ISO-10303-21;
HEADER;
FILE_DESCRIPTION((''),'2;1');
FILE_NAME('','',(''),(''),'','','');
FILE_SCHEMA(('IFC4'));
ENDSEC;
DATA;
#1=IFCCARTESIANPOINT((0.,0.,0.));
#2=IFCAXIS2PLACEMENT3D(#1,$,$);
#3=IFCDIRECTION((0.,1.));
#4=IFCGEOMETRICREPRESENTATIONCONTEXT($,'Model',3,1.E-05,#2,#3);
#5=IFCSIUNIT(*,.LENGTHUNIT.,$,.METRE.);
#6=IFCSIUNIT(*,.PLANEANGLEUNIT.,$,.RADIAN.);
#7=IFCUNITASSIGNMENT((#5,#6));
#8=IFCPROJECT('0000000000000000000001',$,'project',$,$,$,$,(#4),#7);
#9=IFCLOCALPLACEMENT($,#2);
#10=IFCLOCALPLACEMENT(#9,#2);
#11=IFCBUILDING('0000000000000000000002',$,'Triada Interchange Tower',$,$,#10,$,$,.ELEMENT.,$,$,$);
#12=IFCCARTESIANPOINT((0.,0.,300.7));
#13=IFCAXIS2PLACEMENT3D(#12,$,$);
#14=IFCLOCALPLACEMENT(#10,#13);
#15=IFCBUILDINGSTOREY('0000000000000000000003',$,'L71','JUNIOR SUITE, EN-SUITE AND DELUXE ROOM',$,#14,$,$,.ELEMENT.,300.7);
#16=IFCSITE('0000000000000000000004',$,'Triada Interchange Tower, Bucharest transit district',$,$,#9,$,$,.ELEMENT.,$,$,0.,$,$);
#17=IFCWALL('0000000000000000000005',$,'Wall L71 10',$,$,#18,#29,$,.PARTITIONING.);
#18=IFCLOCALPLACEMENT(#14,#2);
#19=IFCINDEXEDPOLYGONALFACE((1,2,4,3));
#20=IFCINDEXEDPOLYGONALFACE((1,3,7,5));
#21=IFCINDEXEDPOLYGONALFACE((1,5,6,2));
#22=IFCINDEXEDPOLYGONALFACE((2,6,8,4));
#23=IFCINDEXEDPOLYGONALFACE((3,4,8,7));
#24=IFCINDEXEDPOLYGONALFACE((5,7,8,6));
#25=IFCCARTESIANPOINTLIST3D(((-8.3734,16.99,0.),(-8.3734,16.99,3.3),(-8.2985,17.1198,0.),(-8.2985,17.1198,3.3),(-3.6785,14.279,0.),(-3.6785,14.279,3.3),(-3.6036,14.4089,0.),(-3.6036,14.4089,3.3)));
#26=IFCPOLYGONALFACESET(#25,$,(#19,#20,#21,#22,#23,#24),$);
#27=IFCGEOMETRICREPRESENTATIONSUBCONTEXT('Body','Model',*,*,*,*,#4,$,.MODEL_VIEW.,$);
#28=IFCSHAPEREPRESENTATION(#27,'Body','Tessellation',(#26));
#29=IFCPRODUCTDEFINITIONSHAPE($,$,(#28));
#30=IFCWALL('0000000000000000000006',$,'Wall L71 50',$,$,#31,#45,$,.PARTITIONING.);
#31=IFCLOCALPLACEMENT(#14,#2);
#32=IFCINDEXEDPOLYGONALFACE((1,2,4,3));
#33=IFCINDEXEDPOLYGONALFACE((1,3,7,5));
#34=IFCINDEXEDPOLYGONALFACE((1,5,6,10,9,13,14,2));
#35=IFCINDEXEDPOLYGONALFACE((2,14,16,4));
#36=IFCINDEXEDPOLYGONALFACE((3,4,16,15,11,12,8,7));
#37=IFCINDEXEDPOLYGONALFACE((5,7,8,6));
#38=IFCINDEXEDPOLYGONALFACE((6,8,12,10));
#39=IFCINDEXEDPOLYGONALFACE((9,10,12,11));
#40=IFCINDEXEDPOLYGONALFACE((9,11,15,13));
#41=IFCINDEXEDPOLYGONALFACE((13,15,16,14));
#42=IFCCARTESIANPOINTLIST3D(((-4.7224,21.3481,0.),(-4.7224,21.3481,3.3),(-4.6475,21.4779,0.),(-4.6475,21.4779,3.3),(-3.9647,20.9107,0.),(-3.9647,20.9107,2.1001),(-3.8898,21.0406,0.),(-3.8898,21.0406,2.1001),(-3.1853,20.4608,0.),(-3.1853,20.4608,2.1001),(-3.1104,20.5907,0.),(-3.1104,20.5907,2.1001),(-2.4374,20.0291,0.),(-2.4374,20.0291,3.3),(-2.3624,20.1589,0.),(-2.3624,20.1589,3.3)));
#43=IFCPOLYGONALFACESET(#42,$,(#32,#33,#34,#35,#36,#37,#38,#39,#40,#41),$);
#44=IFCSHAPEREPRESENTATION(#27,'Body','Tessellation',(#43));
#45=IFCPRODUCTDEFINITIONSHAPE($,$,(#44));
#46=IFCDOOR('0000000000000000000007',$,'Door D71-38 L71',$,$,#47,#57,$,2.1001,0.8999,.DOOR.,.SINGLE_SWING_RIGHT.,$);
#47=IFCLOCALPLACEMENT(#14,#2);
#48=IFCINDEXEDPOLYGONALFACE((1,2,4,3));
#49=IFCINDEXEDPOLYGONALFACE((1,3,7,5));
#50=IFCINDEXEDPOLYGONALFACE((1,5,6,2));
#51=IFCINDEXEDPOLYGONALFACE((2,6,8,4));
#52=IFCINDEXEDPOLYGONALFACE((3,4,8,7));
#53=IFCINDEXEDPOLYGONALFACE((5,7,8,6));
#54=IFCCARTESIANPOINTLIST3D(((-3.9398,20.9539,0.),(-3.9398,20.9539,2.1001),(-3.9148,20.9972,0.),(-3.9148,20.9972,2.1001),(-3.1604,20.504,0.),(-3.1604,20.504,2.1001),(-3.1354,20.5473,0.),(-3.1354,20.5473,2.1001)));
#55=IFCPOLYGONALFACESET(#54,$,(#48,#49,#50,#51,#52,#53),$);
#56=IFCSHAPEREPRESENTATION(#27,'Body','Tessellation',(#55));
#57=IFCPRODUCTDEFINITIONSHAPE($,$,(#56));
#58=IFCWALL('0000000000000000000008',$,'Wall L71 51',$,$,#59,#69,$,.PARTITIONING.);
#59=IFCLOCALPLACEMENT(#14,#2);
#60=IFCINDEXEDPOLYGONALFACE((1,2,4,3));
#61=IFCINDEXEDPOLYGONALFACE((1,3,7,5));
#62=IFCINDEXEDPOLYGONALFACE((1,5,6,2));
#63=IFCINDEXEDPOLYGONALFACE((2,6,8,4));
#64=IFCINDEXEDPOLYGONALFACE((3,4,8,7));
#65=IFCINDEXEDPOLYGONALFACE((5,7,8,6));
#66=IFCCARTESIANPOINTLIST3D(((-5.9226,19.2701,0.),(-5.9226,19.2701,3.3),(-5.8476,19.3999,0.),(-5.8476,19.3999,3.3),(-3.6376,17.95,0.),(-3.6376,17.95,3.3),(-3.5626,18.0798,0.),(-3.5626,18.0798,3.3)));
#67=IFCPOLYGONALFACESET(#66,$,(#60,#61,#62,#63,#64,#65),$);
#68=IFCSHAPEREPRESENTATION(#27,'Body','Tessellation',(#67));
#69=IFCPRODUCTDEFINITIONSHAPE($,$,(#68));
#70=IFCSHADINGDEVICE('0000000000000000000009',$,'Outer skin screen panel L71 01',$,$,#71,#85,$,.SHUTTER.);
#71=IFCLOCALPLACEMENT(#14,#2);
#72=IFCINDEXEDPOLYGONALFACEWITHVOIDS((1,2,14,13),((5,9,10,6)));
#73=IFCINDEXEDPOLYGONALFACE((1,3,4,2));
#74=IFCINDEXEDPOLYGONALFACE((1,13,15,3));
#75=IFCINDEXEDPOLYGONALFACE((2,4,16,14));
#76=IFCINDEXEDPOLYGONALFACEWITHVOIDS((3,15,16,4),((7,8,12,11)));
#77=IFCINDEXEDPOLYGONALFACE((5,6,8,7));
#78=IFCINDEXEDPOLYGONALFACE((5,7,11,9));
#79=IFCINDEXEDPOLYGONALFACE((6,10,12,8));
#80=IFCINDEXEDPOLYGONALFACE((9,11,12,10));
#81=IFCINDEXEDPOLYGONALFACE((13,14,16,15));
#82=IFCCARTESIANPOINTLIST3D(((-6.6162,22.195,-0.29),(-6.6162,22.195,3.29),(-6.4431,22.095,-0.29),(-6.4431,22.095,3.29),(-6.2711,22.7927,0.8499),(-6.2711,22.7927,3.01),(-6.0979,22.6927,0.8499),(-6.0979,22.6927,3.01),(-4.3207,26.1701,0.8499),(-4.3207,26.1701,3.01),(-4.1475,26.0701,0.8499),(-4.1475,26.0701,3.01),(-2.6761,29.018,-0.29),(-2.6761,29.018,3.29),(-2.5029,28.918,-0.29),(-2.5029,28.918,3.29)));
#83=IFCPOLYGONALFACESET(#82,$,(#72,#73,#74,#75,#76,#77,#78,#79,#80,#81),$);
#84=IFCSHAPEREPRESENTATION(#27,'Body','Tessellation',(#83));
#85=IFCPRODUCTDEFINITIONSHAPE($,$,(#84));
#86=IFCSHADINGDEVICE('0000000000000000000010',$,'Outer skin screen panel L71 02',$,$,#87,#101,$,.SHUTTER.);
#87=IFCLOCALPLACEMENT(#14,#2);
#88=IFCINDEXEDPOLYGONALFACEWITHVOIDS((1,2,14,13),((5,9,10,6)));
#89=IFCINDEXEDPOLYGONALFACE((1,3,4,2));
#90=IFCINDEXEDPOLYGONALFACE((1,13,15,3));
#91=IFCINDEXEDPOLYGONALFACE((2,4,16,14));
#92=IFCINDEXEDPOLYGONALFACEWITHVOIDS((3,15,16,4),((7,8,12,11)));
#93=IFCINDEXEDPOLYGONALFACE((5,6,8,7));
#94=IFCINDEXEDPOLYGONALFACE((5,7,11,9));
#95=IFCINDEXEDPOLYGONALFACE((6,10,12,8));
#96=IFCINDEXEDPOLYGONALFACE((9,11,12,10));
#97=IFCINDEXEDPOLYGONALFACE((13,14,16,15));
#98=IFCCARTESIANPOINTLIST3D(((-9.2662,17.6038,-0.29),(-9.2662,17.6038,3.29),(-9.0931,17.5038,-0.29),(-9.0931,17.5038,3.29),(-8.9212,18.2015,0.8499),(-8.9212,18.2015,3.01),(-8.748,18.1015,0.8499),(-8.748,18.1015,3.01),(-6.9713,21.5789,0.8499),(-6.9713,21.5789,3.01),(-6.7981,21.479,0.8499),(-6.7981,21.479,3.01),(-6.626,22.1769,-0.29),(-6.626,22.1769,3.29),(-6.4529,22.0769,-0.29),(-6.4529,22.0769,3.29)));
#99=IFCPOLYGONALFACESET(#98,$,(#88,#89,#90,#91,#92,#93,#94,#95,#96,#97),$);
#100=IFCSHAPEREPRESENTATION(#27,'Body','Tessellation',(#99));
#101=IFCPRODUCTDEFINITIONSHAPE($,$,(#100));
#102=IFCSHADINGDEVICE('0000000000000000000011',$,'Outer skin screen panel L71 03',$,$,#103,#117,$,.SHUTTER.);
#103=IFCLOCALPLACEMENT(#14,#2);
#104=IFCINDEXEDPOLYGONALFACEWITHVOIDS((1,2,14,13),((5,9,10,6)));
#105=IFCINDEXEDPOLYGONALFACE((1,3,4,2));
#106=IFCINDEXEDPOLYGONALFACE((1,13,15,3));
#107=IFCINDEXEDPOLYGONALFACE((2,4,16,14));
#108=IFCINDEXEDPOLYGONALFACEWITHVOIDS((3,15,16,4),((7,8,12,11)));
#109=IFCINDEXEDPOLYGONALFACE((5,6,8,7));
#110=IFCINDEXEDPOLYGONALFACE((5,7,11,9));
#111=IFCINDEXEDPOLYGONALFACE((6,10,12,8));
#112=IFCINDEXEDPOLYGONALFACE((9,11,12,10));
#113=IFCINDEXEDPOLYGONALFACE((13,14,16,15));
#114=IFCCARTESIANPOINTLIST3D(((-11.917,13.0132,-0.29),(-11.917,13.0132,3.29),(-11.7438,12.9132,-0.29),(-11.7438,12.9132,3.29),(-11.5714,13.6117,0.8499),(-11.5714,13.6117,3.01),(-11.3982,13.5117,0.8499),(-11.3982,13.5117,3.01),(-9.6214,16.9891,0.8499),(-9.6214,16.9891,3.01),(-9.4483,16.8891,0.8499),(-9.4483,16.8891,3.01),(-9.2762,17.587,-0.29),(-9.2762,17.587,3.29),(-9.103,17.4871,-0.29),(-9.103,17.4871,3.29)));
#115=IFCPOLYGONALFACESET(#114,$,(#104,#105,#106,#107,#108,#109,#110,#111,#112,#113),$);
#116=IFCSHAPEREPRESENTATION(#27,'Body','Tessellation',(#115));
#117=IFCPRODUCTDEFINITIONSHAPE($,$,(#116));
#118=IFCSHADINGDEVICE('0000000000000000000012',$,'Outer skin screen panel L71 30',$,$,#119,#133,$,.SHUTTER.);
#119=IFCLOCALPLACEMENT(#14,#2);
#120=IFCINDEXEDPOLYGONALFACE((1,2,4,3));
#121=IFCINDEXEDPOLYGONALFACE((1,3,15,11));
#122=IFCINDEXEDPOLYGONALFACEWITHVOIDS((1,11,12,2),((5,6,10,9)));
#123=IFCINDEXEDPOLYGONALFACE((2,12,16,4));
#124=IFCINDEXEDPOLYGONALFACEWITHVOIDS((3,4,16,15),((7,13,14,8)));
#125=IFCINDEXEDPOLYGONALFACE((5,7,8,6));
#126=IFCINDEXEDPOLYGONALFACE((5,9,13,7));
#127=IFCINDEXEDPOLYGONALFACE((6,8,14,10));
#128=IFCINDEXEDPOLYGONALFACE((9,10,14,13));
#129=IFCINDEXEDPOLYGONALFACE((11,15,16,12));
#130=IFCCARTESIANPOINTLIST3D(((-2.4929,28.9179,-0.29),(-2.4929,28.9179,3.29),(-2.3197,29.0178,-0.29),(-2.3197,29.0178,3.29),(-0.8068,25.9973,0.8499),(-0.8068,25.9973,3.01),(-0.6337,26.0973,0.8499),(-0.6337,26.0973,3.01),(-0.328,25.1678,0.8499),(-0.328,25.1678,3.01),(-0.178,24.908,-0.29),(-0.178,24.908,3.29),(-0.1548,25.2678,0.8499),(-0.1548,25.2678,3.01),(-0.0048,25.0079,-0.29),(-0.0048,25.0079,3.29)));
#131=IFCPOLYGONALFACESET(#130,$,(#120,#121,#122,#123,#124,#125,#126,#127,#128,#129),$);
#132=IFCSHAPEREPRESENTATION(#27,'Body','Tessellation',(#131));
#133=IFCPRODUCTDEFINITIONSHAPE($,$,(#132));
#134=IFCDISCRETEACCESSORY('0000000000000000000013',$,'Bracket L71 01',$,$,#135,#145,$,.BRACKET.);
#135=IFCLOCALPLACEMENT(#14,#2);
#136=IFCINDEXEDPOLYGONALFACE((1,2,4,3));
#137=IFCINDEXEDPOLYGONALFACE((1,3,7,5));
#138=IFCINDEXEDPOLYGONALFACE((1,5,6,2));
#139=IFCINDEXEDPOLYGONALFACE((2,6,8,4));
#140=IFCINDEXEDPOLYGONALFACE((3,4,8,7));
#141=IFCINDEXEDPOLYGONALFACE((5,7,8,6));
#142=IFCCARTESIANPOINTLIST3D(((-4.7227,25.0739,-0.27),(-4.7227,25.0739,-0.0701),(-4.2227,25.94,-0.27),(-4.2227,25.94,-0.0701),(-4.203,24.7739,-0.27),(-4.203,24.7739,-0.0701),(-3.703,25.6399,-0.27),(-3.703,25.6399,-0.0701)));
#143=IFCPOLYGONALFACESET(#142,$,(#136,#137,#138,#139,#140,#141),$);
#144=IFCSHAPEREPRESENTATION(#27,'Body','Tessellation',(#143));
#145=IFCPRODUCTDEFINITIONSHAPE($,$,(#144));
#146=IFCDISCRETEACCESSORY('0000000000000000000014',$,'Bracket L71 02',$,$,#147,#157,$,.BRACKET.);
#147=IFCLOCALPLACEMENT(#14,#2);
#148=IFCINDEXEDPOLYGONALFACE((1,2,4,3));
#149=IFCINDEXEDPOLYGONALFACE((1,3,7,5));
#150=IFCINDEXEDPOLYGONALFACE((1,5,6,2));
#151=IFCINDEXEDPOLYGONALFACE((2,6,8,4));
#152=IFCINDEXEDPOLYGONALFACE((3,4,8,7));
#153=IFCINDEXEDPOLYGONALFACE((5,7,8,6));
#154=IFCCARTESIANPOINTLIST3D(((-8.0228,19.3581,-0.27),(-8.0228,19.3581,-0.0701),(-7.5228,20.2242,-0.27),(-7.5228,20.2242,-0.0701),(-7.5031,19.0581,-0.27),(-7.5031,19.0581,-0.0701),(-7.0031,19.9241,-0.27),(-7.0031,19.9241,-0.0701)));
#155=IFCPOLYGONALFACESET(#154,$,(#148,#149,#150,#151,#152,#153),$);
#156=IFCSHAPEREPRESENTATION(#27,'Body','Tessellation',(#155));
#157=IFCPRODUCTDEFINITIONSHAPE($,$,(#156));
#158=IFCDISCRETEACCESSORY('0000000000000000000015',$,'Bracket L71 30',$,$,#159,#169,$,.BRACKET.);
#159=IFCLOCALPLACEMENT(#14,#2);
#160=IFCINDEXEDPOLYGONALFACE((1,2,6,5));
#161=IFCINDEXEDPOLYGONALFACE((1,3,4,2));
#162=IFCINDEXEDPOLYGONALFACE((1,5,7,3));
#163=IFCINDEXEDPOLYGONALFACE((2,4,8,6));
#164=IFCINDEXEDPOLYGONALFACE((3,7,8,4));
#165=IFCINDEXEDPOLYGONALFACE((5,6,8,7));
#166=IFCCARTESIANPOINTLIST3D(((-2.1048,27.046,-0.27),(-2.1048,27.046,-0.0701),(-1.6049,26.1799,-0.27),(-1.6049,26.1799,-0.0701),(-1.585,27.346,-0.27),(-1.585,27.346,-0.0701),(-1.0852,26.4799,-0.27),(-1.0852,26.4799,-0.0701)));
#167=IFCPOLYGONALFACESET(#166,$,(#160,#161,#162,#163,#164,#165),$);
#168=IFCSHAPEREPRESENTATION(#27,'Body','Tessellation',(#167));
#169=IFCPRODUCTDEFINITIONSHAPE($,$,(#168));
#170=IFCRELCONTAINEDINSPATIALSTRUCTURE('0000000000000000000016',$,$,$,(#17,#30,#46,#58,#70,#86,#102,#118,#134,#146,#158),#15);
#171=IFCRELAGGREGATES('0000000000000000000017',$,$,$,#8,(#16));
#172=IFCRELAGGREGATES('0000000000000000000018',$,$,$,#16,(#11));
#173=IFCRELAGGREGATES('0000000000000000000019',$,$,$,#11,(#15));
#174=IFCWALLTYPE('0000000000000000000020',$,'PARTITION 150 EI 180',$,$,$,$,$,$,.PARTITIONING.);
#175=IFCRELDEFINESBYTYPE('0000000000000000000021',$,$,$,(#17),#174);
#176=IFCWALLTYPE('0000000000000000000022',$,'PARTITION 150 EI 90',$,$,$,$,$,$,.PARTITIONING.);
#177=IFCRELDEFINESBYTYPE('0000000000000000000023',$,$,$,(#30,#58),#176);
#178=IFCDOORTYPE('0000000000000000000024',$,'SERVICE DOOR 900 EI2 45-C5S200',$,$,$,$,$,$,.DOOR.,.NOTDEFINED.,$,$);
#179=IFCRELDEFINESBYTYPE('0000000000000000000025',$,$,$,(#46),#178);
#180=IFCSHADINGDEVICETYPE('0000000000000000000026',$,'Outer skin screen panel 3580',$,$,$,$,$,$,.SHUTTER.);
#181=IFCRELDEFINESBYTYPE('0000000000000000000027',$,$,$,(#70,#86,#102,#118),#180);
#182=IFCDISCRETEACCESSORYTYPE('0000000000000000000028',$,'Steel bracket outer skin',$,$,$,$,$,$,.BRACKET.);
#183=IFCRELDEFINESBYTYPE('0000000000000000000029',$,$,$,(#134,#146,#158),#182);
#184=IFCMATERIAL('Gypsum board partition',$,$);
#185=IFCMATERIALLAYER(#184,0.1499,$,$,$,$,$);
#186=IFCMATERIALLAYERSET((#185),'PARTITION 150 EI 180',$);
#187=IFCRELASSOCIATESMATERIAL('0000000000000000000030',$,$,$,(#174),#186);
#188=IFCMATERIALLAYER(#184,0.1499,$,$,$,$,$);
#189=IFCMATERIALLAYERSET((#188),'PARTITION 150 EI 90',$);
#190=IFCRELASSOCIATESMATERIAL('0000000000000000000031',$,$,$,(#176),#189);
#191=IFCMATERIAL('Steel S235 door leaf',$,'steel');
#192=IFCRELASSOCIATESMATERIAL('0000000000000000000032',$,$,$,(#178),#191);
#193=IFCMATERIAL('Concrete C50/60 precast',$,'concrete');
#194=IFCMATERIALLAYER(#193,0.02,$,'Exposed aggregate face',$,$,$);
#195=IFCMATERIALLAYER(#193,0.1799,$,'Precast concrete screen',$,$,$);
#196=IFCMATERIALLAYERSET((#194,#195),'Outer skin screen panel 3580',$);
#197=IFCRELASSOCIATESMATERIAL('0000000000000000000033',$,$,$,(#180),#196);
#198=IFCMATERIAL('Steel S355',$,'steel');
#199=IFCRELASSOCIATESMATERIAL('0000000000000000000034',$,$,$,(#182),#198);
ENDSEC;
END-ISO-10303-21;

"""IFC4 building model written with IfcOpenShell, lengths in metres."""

from ifc_helpers import new_model, si_unit, direction, frame, frame_2d, origin, origin_2d, place, context, subcontext, project, spatial, polyline, rectangle, outline, extrude, material, layer, layer_set, type_object, element, fill, save


model = new_model("IFC4")

# Units and contexts
model_context = context("Model", 3, precision=1e-05, world=origin(), true_north=direction((0.0, 1.0)))
body_context = subcontext(model_context, "Body", "Model", "MODEL_VIEW")
ifc_project = project(units=[si_unit("LENGTHUNIT", "METRE"), si_unit("PLANEANGLEUNIT", "RADIAN")], contexts=[model_context])

# Site, building, storey
site_placement = place(None, origin())
site = spatial("IfcSite", under=ifc_project, at=site_placement, Name="Triada Interchange Tower, Bucharest transit district", CompositionType="ELEMENT", RefElevation=0.0)
building_placement = place(site_placement, origin())
building = spatial("IfcBuilding", under=site, at=building_placement, Name="Triada Interchange Tower", CompositionType="ELEMENT")
storey_placement = place(building_placement, frame((0.0, 0.0, 300.7)))
storey = spatial("IfcBuildingStorey", under=building, at=storey_placement, Name="L71", Description="JUNIOR SUITE, EN-SUITE AND DELUXE ROOM", CompositionType="ELEMENT", Elevation=300.7)

# Wall
ifc_material_1 = material(Name="Gypsum board partition")
ifc_layer_1 = layer(ifc_material_1, 0.1499)
ifc_layer_set_1 = layer_set([ifc_layer_1], Name="PARTITION 150 EI 180")
wall_type_1 = type_object("IfcWallType", Name="PARTITION 150 EI 180", PredefinedType="PARTITIONING", material=ifc_layer_set_1)
wall_1_placement = place(storey_placement, frame((-8.3359, 17.0549, 0.0), z_axis=(0.0, 0.0, 1.0), x_axis=(0.865995, -0.500052, 0.0)))
element("IfcWall", 1, at=wall_1_placement, inside=storey, type_object=wall_type_1, Name="Wall L71 10", PredefinedType="PARTITIONING", context=body_context, shape_type="SweptSolid", body=[
    extrude(rectangle(XDim=5.4214, YDim=0.1499, at=frame_2d((2.7107, 0.0))), origin(), (0.0, 0.0, 1.0), 3.3),
])

# Wall, opening, door
ifc_layer_2 = layer(ifc_material_1, 0.1499)
ifc_layer_set_2 = layer_set([ifc_layer_2], Name="PARTITION 150 EI 90")
wall_type_2 = type_object("IfcWallType", Name="PARTITION 150 EI 90", PredefinedType="PARTITIONING", material=ifc_layer_set_2)
wall_2_placement = place(storey_placement, frame((-4.6851, 21.4131, 0.0), z_axis=(0.0, 0.0, 1.0), x_axis=(0.866065, -0.499931, 0.0)))
wall_2 = element("IfcWall", 2, at=wall_2_placement, inside=storey, type_object=wall_type_2, Name="Wall L71 50", PredefinedType="PARTITIONING", context=body_context, shape_type="SweptSolid", body=[
    extrude(rectangle(XDim=2.6384, YDim=0.1499, at=frame_2d((1.3193, 0.0))), origin(), (0.0, 0.0, 1.0), 3.3),
])
opening_1_placement = place(wall_2_placement, frame((0.875, 0.0, 0.0)))
opening_1 = element("IfcOpeningElement", 3, at=opening_1_placement, cuts=wall_2, PredefinedType="OPENING", context=body_context, shape_type="SweptSolid", body=[
    extrude(rectangle(XDim=0.8999, YDim=2.1001, at=frame_2d((0.45, 1.05))), frame((0.0, 0.085, 0.0), z_axis=(0.0, -1.0, 0.0), x_axis=(1.0, 0.0, 0.0)), (0.0, 0.0, 1.0), 0.1699),
])
ifc_material_2 = material(Name="Steel S235 door leaf", Category="steel")
door_type = type_object("IfcDoorType", Name="SERVICE DOOR 900 EI2 45-C5S200", OperationType="NOTDEFINED", PredefinedType="DOOR", material=ifc_material_2)
door_placement = place(opening_1_placement, origin())
door = element("IfcDoor", 4, at=door_placement, inside=storey, type_object=door_type, Name="Door D71-38 L71", OperationType="SINGLE_SWING_RIGHT", OverallHeight=2.1001, OverallWidth=0.8999, PredefinedType="DOOR", context=body_context, shape_type="SweptSolid", body=[
    extrude(rectangle(XDim=0.8999, YDim=2.1001, at=frame_2d((0.45, 1.05))), frame((0.0, 0.0249, 0.0), z_axis=(0.0, -1.0, 0.0), x_axis=(1.0, 0.0, 0.0)), (0.0, 0.0, 1.0), 0.05),
])
fill(opening_1, door)

# Wall
wall_3_placement = place(storey_placement, frame((-5.885, 19.335, 0.0), z_axis=(0.0, 0.0, 1.0), x_axis=(0.865882, -0.500248, 0.0)))
element("IfcWall", 5, at=wall_3_placement, inside=storey, type_object=wall_type_2, Name="Wall L71 51", PredefinedType="PARTITIONING", context=body_context, shape_type="SweptSolid", body=[
    extrude(rectangle(XDim=2.6389, YDim=0.1499, at=frame_2d((1.3193, 0.0))), origin(), (0.0, 0.0, 1.0), 3.3),
])

# Shading devices
ifc_material_3 = material(Name="Concrete C50/60 precast", Category="concrete")
ifc_layer_3 = layer(ifc_material_3, 0.02, Name="Exposed aggregate face")
ifc_layer_4 = layer(ifc_material_3, 0.1799, Name="Precast concrete screen")
ifc_layer_set_3 = layer_set([ifc_layer_3, ifc_layer_4], Name="Outer skin screen panel 3580")
shading_device_type = type_object("IfcShadingDeviceType", Name="Outer skin screen panel 3580", PredefinedType="SHUTTER", material=ifc_layer_set_3)
shading_device_1_placement = place(storey_placement, frame((-2.5029, 28.918, -0.29), z_axis=(0.0, 0.0, 1.0), x_axis=(-0.500088, -0.865975, 0.0)))
element("IfcShadingDevice", 6, at=shading_device_1_placement, inside=storey, type_object=shading_device_type, Name="Outer skin screen panel L71 01", PredefinedType="SHUTTER", context=body_context, shape_type="SweptSolid", body=[
    extrude(outline(polyline([(0.0, 0.0), (7.8789, 0.0), (7.8789, 3.5801), (0.0, 3.5801), (0.0, 0.0)]), holes=[polyline([(3.2886, 1.1399), (3.2886, 3.3), (7.1887, 3.3), (7.1887, 1.1399), (3.2886, 1.1399)])]), frame((0.0, 0.0, 0.0), z_axis=(0.0, -1.0, 0.0), x_axis=(1.0, 0.0, 0.0)), (0.0, 0.0, 1.0), 0.2),
])
shading_device_2_placement = place(storey_placement, frame((-6.4529, 22.0769, -0.29), z_axis=(0.0, 0.0, 1.0), x_axis=(-0.499988, -0.866032, 0.0)))
element("IfcShadingDevice", 7, at=shading_device_2_placement, inside=storey, type_object=shading_device_type, Name="Outer skin screen panel L71 02", PredefinedType="SHUTTER", context=body_context, shape_type="SweptSolid", body=[
    extrude(outline(polyline([(0.0, 0.0), (5.2805, 0.0), (5.2805, 3.5801), (0.0, 3.5801), (0.0, 0.0)]), holes=[polyline([(0.6904, 1.1399), (0.6904, 3.3), (4.5903, 3.3), (4.5903, 1.1399), (0.6904, 1.1399)])]), frame((0.0, 0.0, 0.0), z_axis=(0.0, -1.0, 0.0), x_axis=(1.0, 0.0, 0.0)), (0.0, 0.0, 1.0), 0.2),
])
shading_device_3_placement = place(storey_placement, frame((-9.103, 17.4871, -0.29), z_axis=(0.0, 0.0, 1.0), x_axis=(-0.500012, -0.866019, 0.0)))
element("IfcShadingDevice", 8, at=shading_device_3_placement, inside=storey, type_object=shading_device_type, Name="Outer skin screen panel L71 03", PredefinedType="SHUTTER", context=body_context, shape_type="SweptSolid", body=[
    extrude(outline(polyline([(0.0, 0.0), (5.2815, 0.0), (5.2815, 3.5801), (0.0, 3.5801), (0.0, 0.0)]), holes=[polyline([(0.6904, 1.1399), (0.6904, 3.3), (4.5903, 3.3), (4.5903, 1.1399), (0.6904, 1.1399)])]), frame((0.0, 0.0, 0.0), z_axis=(0.0, -1.0, 0.0), x_axis=(1.0, 0.0, 0.0)), (0.0, 0.0, 1.0), 0.2),
])
shading_device_4_placement = place(storey_placement, frame((-0.178, 24.908, -0.29), z_axis=(0.0, 0.0, 1.0), x_axis=(-0.499961, 0.866048, 0.0)))
element("IfcShadingDevice", 9, at=shading_device_4_placement, inside=storey, type_object=shading_device_type, Name="Outer skin screen panel L71 30", PredefinedType="SHUTTER", context=body_context, shape_type="SweptSolid", body=[
    extrude(outline(polyline([(0.0, 0.0), (4.6301, 0.0), (4.6301, 3.5801), (0.0, 3.5801), (0.0, 0.0)]), holes=[polyline([(0.3, 1.1399), (0.3, 3.3), (1.2578, 3.3), (1.2578, 1.1399), (0.3, 1.1399)])]), frame((0.0, 0.0, 0.0), z_axis=(0.0, -1.0, 0.0), x_axis=(1.0, 0.0, 0.0)), (0.0, 0.0, 1.0), 0.2),
])

# Discrete accessories
ifc_material_4 = material(Name="Steel S355", Category="steel")
discrete_accessory_type = type_object("IfcDiscreteAccessoryType", Name="Steel bracket outer skin", PredefinedType="BRACKET", material=ifc_material_4)
for number, where, z_axis, x_axis, name in (
    (10, (-4.2129, 25.3569, -0.27), (0.0, 0.0, 1.0), (-0.866027, 0.499997, 0.0), "Bracket L71 01"),
    (11, (-7.5129, 19.6411, -0.27), (0.0, 0.0, 1.0), (-0.866027, 0.499997, 0.0), "Bracket L71 02"),
    (12, (-1.595, 26.7629, -0.27), (0.0, 0.0, 1.0), (0.866092, 0.499884, 0.0), "Bracket L71 30"),
):
    element("IfcDiscreteAccessory", number, at=place(storey_placement, frame(where, z_axis=z_axis, x_axis=x_axis)), inside=storey, type_object=discrete_accessory_type, Name=name, PredefinedType="BRACKET", context=body_context, shape_type="SweptSolid", body=[
        extrude(rectangle(XDim=0.6001, YDim=1.0, at=origin_2d()), origin(), (0.0, 0.0, 1.0), 0.2),
    ])

save(model, "model.ifc")
